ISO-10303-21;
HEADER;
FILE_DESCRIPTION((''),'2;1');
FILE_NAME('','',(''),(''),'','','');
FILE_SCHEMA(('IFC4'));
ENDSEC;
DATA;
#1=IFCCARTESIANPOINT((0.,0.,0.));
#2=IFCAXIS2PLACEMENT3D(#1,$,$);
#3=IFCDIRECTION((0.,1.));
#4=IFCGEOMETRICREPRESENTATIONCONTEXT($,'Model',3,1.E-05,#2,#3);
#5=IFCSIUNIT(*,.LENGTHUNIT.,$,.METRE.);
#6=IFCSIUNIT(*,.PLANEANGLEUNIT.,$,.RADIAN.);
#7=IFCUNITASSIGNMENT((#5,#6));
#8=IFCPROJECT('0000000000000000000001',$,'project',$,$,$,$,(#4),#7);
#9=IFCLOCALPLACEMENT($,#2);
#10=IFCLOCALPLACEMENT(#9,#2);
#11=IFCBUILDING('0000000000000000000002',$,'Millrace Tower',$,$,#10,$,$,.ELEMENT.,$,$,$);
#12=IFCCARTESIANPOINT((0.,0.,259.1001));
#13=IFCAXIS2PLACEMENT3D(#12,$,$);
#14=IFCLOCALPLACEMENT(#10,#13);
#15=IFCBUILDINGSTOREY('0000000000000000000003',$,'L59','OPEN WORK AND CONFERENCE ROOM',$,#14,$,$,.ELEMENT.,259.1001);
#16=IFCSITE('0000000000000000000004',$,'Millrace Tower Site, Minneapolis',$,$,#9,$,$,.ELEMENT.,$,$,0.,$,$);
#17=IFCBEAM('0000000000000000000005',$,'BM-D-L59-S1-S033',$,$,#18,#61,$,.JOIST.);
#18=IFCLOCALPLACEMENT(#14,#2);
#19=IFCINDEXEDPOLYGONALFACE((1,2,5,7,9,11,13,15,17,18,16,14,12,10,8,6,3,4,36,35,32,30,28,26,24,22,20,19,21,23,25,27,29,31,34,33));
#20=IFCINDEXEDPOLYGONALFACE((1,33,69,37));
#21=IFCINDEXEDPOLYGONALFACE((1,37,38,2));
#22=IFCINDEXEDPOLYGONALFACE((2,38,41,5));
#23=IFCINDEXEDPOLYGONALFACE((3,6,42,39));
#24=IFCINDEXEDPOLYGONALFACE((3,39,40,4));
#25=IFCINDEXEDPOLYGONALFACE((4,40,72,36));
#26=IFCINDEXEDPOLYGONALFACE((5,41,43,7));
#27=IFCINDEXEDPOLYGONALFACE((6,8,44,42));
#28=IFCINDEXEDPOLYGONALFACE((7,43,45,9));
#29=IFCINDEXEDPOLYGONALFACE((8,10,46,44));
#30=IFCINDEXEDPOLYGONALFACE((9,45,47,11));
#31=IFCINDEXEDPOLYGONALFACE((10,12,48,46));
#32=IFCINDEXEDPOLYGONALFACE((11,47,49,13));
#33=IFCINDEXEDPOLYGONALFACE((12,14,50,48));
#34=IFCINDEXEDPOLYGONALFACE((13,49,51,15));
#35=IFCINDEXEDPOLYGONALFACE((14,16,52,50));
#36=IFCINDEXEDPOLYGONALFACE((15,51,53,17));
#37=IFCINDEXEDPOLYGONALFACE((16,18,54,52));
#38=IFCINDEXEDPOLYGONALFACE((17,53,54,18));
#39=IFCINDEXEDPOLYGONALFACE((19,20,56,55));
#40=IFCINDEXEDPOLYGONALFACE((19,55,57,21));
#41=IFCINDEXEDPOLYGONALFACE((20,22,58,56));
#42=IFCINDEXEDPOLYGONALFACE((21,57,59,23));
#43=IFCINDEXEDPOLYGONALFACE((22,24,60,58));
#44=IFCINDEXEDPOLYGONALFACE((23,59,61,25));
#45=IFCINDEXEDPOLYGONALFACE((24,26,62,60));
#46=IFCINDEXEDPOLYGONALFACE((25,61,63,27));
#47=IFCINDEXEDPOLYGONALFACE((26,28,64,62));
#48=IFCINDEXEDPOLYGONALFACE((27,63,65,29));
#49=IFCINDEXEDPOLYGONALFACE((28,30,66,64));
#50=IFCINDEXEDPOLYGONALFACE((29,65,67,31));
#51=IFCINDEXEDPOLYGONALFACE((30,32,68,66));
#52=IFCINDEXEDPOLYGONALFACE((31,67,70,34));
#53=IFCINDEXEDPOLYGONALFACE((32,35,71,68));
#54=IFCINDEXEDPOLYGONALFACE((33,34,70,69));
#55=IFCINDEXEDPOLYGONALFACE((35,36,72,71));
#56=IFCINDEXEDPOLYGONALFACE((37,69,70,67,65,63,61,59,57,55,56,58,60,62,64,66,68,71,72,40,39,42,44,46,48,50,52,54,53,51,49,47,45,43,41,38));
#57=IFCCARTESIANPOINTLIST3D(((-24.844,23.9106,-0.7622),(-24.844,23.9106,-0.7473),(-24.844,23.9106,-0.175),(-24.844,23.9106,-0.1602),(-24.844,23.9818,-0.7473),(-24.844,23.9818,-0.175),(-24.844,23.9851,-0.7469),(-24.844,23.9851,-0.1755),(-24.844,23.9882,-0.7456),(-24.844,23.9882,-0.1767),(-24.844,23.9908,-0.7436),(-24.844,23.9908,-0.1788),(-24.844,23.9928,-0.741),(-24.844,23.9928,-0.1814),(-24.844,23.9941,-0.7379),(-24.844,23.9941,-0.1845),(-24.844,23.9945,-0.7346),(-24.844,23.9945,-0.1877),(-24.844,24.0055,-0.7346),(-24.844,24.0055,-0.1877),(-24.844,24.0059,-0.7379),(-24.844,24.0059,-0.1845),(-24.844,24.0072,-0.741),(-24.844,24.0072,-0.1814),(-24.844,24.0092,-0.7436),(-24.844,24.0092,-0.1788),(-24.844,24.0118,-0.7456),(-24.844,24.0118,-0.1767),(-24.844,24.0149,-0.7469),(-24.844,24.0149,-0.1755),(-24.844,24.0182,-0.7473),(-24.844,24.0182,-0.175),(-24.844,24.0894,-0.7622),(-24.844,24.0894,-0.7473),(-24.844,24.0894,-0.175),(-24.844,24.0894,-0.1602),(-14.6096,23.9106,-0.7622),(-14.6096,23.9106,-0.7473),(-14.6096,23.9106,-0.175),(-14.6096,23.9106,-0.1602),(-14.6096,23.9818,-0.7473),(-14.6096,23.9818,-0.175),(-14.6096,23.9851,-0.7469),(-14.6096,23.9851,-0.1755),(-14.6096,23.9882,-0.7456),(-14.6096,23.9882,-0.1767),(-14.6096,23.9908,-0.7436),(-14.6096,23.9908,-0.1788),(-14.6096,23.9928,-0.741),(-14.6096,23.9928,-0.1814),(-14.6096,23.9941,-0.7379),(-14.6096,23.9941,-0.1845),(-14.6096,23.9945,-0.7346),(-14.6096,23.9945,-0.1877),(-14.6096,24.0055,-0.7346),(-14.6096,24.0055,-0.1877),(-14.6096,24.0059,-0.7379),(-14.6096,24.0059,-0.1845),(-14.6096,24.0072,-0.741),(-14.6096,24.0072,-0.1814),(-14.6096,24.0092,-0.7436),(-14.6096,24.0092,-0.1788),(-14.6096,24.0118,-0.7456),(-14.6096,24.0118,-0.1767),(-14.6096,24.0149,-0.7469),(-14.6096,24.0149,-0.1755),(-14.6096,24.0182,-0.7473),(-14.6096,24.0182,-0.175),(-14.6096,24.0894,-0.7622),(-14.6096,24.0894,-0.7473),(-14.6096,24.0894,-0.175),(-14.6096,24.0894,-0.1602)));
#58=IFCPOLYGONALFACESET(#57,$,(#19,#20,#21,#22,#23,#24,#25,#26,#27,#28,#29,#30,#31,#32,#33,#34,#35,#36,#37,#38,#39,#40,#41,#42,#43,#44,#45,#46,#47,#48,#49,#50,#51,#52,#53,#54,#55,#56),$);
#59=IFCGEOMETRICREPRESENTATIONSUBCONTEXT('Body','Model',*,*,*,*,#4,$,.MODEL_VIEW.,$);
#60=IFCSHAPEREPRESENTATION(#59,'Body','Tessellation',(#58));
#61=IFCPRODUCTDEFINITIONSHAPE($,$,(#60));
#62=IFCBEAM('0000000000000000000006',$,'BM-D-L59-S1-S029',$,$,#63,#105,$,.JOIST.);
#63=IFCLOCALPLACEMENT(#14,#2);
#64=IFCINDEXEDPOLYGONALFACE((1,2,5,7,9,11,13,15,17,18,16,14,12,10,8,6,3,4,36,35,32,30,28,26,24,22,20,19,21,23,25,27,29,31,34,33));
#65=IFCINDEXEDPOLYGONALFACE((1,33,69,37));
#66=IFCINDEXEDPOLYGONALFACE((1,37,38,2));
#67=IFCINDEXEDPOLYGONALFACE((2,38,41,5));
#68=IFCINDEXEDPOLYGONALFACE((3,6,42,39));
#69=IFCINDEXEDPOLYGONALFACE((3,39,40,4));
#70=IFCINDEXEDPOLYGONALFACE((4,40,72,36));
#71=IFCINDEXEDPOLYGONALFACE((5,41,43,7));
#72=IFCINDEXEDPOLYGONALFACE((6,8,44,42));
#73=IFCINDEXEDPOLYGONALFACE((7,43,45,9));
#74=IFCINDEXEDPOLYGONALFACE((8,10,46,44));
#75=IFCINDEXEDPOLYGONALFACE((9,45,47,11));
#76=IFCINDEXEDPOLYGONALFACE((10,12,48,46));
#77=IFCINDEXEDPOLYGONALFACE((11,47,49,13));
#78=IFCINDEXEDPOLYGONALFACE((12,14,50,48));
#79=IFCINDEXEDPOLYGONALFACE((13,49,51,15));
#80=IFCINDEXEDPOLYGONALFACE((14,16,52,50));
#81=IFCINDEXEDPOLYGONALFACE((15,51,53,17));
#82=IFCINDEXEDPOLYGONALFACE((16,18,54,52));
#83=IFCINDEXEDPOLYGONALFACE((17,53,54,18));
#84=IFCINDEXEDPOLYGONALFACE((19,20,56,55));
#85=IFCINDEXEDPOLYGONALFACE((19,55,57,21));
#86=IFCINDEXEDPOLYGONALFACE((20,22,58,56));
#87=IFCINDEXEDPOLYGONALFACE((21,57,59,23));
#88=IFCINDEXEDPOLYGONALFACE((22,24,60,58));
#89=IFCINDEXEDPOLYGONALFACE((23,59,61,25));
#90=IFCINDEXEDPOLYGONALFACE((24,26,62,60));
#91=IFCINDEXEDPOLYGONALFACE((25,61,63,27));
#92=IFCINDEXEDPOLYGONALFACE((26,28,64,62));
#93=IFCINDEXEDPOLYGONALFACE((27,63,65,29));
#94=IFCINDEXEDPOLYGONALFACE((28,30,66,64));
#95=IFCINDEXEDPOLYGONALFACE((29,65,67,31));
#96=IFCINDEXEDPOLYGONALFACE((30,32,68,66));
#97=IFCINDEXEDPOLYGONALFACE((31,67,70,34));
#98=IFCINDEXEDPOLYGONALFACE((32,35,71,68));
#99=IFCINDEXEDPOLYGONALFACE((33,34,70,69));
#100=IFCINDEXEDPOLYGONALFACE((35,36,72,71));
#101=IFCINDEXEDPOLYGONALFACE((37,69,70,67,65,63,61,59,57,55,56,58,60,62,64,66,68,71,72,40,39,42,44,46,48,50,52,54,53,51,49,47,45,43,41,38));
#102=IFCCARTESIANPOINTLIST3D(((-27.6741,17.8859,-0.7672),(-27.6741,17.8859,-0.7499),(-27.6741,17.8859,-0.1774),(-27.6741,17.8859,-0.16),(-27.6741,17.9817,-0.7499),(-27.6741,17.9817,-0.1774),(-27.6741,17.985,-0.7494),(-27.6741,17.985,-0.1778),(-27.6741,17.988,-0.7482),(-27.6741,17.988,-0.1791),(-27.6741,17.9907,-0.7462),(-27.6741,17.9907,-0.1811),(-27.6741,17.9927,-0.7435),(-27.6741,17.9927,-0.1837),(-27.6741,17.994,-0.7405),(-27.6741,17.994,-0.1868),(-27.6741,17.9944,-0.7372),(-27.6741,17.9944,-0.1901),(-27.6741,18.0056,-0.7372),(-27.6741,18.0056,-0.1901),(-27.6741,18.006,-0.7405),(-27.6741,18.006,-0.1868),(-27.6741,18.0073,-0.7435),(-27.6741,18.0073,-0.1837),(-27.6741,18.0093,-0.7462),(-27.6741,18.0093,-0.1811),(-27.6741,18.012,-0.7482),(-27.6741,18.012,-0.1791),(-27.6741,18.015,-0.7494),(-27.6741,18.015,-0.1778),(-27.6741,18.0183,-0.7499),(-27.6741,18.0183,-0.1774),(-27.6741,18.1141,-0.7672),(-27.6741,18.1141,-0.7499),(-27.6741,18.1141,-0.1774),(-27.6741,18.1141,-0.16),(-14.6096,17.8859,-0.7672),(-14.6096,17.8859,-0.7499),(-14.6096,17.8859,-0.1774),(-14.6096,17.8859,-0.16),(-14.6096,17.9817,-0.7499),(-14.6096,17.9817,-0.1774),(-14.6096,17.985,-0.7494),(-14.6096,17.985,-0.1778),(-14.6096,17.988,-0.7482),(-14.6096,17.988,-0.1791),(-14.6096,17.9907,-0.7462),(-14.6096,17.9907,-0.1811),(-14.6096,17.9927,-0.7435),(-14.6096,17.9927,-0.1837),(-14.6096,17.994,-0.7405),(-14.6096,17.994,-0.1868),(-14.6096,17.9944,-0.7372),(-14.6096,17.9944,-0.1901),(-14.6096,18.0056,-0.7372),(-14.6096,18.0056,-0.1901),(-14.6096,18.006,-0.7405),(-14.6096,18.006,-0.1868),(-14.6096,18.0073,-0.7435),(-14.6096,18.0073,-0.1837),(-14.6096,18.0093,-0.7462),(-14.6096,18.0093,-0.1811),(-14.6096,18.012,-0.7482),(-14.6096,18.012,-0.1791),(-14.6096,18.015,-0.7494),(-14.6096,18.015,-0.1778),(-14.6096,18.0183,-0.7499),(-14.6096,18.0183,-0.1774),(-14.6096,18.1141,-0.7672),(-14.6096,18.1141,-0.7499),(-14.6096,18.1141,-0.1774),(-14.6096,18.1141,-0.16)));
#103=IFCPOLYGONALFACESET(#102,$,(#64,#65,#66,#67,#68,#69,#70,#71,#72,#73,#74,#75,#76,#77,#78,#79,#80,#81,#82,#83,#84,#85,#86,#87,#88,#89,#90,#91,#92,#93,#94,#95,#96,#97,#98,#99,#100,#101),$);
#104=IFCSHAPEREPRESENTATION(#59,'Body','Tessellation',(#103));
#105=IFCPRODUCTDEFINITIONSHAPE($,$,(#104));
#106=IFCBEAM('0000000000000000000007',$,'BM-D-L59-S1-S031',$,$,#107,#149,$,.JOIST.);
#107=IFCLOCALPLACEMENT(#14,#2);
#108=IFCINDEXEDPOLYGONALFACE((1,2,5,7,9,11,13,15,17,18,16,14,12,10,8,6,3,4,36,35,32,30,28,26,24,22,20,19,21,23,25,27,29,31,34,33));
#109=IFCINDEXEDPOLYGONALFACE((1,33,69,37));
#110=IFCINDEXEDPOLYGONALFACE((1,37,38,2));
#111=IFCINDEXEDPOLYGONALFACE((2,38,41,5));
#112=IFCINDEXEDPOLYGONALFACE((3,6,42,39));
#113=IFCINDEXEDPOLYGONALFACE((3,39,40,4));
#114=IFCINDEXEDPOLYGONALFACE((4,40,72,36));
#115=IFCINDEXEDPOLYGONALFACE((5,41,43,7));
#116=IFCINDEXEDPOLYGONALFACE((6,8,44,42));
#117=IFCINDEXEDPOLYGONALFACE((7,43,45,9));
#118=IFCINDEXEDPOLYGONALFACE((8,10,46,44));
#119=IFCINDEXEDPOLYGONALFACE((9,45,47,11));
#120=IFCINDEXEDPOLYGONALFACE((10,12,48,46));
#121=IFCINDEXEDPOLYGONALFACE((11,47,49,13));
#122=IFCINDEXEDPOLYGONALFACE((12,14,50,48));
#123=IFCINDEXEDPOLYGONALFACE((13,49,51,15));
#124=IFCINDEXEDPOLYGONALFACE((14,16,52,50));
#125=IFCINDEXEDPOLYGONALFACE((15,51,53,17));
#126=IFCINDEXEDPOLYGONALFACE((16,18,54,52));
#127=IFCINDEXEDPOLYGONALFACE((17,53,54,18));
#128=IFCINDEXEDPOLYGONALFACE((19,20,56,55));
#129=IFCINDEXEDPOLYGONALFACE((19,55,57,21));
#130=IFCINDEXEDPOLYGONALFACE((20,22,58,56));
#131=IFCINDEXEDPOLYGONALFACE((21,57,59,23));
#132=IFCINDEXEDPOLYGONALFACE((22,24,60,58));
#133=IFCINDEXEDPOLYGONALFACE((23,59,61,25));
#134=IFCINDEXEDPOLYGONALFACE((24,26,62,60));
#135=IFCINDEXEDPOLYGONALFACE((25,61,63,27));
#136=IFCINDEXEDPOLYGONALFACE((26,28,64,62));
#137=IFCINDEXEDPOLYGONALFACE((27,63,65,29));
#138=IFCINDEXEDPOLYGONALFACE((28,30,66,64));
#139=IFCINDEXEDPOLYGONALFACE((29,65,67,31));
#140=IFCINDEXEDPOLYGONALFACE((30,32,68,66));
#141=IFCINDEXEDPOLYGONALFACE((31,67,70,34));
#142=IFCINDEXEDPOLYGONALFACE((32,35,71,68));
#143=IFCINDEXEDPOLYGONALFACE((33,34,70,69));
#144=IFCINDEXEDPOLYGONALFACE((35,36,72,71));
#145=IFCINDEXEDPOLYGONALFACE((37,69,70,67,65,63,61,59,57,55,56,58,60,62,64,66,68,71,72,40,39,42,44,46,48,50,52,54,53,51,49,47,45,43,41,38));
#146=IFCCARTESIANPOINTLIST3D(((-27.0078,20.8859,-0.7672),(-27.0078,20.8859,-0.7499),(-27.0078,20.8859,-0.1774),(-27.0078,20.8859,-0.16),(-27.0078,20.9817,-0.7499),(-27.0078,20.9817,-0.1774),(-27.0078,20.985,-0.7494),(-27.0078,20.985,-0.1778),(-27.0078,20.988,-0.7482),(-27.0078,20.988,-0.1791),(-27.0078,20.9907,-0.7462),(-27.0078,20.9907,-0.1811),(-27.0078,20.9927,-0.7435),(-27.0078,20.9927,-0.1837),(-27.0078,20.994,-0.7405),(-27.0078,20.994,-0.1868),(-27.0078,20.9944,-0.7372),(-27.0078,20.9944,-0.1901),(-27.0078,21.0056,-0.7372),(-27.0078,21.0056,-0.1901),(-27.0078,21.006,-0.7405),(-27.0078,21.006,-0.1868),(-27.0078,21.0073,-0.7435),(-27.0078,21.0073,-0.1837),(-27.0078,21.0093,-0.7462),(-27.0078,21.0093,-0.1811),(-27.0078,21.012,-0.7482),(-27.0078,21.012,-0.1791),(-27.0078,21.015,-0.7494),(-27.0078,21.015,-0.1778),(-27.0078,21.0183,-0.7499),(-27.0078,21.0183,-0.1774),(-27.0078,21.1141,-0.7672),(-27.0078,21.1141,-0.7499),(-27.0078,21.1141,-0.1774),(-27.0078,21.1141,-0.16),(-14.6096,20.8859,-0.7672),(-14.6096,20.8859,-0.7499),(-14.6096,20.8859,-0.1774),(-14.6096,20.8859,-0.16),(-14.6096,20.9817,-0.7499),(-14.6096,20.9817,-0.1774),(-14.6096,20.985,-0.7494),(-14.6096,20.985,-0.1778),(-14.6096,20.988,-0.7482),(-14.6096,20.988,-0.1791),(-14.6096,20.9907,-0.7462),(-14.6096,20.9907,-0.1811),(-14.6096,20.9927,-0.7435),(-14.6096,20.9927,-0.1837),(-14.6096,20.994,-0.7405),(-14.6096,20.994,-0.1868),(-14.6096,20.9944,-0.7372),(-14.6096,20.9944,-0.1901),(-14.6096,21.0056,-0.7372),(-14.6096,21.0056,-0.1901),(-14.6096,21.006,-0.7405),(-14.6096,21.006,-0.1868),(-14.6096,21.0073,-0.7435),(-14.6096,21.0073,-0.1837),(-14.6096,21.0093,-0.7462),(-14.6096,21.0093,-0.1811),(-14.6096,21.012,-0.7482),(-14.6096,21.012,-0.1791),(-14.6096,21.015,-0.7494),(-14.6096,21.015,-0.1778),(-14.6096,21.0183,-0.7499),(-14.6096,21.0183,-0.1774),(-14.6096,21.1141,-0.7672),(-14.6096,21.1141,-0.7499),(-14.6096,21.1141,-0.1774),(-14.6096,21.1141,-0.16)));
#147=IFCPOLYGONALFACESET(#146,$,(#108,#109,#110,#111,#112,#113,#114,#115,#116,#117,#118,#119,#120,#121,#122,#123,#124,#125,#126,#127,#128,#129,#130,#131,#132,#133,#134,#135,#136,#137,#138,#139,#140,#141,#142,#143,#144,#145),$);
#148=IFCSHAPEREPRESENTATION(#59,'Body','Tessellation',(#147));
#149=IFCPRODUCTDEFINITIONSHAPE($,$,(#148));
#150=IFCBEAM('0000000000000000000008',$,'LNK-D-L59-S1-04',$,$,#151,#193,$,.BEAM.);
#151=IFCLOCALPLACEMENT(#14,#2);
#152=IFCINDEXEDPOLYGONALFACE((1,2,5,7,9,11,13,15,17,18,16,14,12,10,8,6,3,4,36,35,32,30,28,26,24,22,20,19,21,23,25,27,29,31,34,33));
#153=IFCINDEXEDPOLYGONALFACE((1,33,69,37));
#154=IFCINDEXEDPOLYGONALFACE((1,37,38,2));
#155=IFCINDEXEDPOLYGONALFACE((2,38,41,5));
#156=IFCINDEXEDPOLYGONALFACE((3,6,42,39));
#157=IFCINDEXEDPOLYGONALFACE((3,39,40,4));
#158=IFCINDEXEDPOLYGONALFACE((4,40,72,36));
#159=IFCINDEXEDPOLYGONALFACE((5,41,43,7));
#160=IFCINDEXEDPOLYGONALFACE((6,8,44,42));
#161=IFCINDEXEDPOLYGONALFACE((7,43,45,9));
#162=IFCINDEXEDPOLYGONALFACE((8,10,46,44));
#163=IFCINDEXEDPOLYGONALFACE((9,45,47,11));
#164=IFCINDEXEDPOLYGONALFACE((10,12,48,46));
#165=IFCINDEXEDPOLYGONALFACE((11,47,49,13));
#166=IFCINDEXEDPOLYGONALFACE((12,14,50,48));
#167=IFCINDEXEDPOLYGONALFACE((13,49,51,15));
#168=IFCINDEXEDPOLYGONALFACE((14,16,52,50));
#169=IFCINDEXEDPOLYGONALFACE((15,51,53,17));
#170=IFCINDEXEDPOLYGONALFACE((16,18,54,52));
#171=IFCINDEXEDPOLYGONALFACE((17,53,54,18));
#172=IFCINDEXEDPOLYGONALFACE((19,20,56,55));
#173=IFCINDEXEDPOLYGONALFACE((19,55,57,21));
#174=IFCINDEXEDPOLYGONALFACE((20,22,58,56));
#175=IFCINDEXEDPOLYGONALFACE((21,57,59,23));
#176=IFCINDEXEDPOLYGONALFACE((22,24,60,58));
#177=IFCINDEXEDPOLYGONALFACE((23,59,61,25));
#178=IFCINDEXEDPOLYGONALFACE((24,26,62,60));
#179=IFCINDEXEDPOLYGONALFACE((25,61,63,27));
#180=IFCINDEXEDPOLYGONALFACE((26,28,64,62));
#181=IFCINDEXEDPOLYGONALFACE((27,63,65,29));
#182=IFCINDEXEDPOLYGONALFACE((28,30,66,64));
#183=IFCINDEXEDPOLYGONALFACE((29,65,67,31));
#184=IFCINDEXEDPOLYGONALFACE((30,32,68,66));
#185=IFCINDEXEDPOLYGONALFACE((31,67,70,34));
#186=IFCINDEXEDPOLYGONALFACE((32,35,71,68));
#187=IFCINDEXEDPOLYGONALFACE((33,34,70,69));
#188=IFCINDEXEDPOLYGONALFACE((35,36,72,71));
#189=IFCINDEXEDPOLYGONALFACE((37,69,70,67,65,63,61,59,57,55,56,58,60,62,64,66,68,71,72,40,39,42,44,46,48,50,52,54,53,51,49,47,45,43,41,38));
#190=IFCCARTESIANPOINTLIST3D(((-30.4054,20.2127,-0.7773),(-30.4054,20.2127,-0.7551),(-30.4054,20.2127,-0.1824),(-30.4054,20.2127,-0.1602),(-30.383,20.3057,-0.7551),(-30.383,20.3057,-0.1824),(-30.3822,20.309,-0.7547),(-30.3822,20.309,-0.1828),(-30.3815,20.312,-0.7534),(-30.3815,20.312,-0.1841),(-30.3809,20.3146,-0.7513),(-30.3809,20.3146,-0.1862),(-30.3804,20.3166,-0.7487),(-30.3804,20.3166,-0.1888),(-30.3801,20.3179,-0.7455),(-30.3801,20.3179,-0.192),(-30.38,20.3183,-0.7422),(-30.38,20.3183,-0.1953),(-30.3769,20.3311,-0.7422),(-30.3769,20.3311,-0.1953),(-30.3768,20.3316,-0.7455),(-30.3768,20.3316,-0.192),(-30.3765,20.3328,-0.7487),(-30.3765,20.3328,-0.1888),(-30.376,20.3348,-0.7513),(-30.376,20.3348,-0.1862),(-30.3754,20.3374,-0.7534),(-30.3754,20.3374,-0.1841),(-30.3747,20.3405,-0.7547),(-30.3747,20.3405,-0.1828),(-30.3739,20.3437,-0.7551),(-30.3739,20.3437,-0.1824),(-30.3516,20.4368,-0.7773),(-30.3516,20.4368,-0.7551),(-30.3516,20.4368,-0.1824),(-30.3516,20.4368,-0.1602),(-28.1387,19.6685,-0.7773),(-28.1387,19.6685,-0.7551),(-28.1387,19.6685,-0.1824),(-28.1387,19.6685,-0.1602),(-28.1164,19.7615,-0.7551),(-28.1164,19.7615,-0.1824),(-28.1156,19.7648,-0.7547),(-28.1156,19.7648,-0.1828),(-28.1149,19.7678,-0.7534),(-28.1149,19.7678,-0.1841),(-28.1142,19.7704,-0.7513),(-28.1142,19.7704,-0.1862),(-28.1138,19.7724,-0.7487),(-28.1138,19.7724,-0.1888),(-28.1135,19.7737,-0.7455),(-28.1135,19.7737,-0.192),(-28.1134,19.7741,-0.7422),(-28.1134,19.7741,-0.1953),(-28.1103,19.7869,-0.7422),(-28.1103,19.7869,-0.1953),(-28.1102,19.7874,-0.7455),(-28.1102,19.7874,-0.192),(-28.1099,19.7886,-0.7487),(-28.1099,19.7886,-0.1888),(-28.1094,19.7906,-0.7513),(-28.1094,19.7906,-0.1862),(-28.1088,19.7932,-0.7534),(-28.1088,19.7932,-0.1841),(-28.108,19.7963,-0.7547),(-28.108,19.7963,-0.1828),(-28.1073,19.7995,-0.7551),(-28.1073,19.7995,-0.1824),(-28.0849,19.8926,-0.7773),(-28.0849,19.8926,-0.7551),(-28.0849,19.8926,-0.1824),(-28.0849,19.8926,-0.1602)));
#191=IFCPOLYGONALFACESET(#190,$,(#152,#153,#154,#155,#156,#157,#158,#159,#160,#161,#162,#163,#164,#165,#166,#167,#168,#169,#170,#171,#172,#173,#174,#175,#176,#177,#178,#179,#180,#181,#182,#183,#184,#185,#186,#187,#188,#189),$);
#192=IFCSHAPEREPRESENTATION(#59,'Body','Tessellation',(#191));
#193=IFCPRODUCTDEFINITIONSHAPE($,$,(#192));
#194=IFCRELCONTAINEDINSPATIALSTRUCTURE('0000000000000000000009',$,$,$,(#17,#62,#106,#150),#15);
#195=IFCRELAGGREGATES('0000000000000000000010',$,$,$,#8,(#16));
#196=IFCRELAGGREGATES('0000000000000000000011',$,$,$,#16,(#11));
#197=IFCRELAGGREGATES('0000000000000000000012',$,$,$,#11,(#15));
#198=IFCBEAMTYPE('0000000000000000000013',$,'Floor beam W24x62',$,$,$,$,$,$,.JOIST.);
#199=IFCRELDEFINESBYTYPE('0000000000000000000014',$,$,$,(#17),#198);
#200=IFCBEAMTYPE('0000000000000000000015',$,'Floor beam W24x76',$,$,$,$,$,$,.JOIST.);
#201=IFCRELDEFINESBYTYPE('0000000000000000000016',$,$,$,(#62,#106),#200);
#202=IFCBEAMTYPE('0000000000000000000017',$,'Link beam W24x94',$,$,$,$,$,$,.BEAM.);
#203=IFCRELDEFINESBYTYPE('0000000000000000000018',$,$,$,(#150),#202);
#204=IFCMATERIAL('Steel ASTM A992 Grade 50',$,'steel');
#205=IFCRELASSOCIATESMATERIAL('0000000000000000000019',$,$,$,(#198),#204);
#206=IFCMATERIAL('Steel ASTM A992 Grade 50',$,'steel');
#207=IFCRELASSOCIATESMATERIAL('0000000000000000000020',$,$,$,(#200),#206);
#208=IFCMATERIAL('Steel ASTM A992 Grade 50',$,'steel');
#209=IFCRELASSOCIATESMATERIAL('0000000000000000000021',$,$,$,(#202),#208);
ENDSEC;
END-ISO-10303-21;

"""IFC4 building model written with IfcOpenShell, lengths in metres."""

from ifc_helpers import new_model, si_unit, direction, frame, origin, origin_2d, place, context, subcontext, project, spatial, i_section, extrude, material, material_profile, profile_set, type_object, element, save


model = new_model("IFC4")

# Units and contexts
model_context = context("Model", 3, precision=1e-05, world=origin(), true_north=direction((0.0, 1.0)))
body_context = subcontext(model_context, "Body", "Model", "MODEL_VIEW")
ifc_project = project(units=[si_unit("LENGTHUNIT", "METRE"), si_unit("PLANEANGLEUNIT", "RADIAN")], contexts=[model_context])

# Site, building, storey
site_placement = place(None, origin())
site = spatial("IfcSite", under=ifc_project, at=site_placement, Name="Millrace Tower Site, Minneapolis", CompositionType="ELEMENT", RefElevation=0.0)
building_placement = place(site_placement, origin())
building = spatial("IfcBuilding", under=site, at=building_placement, Name="Millrace Tower", CompositionType="ELEMENT")
storey_placement = place(building_placement, frame((0.0, 0.0, 259.1001)))
storey = spatial("IfcBuildingStorey", under=building, at=storey_placement, Name="L59", Description="OPEN WORK AND CONFERENCE ROOM", CompositionType="ELEMENT", Elevation=259.1001)

# Beams
ifc_material_1 = material(Name="Steel ASTM A992 Grade 50", Category="steel")
ifc_material_profile_1 = material_profile(ifc_material_1, i_section(OverallWidth=0.1787, OverallDepth=0.6021, WebThickness=0.011, FlangeThickness=0.0149, FilletRadius=0.0127, at=origin_2d()))
ifc_profile_set_1 = profile_set([ifc_material_profile_1], Name="Steel ASTM A992 Grade 50")
beam_type_1 = type_object("IfcBeamType", Name="Floor beam W24x62", PredefinedType="JOIST", material=ifc_profile_set_1)
beam_1_placement = place(storey_placement, frame((-24.844, 24.0, -0.4612), z_axis=(1.0, 0.0, 0.0), x_axis=(0.0, 1.0, 0.0)))
element("IfcBeam", 1, at=beam_1_placement, inside=storey, type_object=beam_type_1, Name="BM-D-L59-S1-S033", PredefinedType="JOIST", context=body_context, shape_type="SweptSolid", body=[
    extrude(i_section(OverallWidth=0.1787, OverallDepth=0.6021, WebThickness=0.011, FlangeThickness=0.0149, FilletRadius=0.0127, at=origin_2d()), origin(), (0.0, 0.0, 1.0), 10.2344),
])
ifc_material_2 = material(Name="Steel ASTM A992 Grade 50", Category="steel")
ifc_material_profile_2 = material_profile(ifc_material_2, i_section(OverallWidth=0.2283, OverallDepth=0.6072, WebThickness=0.0112, FlangeThickness=0.0173, FilletRadius=0.0127, at=origin_2d()))
ifc_profile_set_2 = profile_set([ifc_material_profile_2], Name="Steel ASTM A992 Grade 50")
beam_type_2 = type_object("IfcBeamType", Name="Floor beam W24x76", PredefinedType="JOIST", material=ifc_profile_set_2)
beam_2_placement = place(storey_placement, frame((-27.6741, 18.0, -0.4636), z_axis=(1.0, 0.0, 0.0), x_axis=(0.0, 1.0, 0.0)))
element("IfcBeam", 2, at=beam_2_placement, inside=storey, type_object=beam_type_2, Name="BM-D-L59-S1-S029", PredefinedType="JOIST", context=body_context, shape_type="SweptSolid", body=[
    extrude(i_section(OverallWidth=0.2283, OverallDepth=0.6072, WebThickness=0.0112, FlangeThickness=0.0173, FilletRadius=0.0127, at=origin_2d()), origin(), (0.0, 0.0, 1.0), 13.0645),
])
beam_3_placement = place(storey_placement, frame((-27.0078, 21.0, -0.4636), z_axis=(1.0, 0.0, 0.0), x_axis=(0.0, 1.0, 0.0)))
element("IfcBeam", 3, at=beam_3_placement, inside=storey, type_object=beam_type_2, Name="BM-D-L59-S1-S031", PredefinedType="JOIST", context=body_context, shape_type="SweptSolid", body=[
    extrude(i_section(OverallWidth=0.2283, OverallDepth=0.6072, WebThickness=0.0112, FlangeThickness=0.0173, FilletRadius=0.0127, at=origin_2d()), origin(), (0.0, 0.0, 1.0), 12.3982),
])
ifc_material_3 = material(Name="Steel ASTM A992 Grade 50", Category="steel")
ifc_material_profile_3 = material_profile(ifc_material_3, i_section(OverallWidth=0.2305, OverallDepth=0.6172, WebThickness=0.0132, FlangeThickness=0.0222, FilletRadius=0.0129, at=origin_2d()))
ifc_profile_set_3 = profile_set([ifc_material_profile_3], Name="Steel ASTM A992 Grade 50")
beam_type_3 = type_object("IfcBeamType", Name="Link beam W24x94", PredefinedType="BEAM", material=ifc_profile_set_3)
for number, where, z_axis, x_axis, name in (
    (4, (-28.1118, 19.7805, -0.4688), (-0.972367, 0.233456, 0.0), (-0.233456, -0.972367, 0.0), "LNK-D-L59-S1-04"),
):
    element("IfcBeam", number, at=place(storey_placement, frame(where, z_axis=z_axis, x_axis=x_axis)), inside=storey, type_object=beam_type_3, Name=name, PredefinedType="BEAM", context=body_context, shape_type="SweptSolid", body=[
        extrude(i_section(OverallWidth=0.2305, OverallDepth=0.6172, WebThickness=0.0132, FlangeThickness=0.0222, FilletRadius=0.0129, at=origin_2d()), origin(), (0.0, 0.0, 1.0), 2.3311),
    ])

save(model, "model.ifc")
